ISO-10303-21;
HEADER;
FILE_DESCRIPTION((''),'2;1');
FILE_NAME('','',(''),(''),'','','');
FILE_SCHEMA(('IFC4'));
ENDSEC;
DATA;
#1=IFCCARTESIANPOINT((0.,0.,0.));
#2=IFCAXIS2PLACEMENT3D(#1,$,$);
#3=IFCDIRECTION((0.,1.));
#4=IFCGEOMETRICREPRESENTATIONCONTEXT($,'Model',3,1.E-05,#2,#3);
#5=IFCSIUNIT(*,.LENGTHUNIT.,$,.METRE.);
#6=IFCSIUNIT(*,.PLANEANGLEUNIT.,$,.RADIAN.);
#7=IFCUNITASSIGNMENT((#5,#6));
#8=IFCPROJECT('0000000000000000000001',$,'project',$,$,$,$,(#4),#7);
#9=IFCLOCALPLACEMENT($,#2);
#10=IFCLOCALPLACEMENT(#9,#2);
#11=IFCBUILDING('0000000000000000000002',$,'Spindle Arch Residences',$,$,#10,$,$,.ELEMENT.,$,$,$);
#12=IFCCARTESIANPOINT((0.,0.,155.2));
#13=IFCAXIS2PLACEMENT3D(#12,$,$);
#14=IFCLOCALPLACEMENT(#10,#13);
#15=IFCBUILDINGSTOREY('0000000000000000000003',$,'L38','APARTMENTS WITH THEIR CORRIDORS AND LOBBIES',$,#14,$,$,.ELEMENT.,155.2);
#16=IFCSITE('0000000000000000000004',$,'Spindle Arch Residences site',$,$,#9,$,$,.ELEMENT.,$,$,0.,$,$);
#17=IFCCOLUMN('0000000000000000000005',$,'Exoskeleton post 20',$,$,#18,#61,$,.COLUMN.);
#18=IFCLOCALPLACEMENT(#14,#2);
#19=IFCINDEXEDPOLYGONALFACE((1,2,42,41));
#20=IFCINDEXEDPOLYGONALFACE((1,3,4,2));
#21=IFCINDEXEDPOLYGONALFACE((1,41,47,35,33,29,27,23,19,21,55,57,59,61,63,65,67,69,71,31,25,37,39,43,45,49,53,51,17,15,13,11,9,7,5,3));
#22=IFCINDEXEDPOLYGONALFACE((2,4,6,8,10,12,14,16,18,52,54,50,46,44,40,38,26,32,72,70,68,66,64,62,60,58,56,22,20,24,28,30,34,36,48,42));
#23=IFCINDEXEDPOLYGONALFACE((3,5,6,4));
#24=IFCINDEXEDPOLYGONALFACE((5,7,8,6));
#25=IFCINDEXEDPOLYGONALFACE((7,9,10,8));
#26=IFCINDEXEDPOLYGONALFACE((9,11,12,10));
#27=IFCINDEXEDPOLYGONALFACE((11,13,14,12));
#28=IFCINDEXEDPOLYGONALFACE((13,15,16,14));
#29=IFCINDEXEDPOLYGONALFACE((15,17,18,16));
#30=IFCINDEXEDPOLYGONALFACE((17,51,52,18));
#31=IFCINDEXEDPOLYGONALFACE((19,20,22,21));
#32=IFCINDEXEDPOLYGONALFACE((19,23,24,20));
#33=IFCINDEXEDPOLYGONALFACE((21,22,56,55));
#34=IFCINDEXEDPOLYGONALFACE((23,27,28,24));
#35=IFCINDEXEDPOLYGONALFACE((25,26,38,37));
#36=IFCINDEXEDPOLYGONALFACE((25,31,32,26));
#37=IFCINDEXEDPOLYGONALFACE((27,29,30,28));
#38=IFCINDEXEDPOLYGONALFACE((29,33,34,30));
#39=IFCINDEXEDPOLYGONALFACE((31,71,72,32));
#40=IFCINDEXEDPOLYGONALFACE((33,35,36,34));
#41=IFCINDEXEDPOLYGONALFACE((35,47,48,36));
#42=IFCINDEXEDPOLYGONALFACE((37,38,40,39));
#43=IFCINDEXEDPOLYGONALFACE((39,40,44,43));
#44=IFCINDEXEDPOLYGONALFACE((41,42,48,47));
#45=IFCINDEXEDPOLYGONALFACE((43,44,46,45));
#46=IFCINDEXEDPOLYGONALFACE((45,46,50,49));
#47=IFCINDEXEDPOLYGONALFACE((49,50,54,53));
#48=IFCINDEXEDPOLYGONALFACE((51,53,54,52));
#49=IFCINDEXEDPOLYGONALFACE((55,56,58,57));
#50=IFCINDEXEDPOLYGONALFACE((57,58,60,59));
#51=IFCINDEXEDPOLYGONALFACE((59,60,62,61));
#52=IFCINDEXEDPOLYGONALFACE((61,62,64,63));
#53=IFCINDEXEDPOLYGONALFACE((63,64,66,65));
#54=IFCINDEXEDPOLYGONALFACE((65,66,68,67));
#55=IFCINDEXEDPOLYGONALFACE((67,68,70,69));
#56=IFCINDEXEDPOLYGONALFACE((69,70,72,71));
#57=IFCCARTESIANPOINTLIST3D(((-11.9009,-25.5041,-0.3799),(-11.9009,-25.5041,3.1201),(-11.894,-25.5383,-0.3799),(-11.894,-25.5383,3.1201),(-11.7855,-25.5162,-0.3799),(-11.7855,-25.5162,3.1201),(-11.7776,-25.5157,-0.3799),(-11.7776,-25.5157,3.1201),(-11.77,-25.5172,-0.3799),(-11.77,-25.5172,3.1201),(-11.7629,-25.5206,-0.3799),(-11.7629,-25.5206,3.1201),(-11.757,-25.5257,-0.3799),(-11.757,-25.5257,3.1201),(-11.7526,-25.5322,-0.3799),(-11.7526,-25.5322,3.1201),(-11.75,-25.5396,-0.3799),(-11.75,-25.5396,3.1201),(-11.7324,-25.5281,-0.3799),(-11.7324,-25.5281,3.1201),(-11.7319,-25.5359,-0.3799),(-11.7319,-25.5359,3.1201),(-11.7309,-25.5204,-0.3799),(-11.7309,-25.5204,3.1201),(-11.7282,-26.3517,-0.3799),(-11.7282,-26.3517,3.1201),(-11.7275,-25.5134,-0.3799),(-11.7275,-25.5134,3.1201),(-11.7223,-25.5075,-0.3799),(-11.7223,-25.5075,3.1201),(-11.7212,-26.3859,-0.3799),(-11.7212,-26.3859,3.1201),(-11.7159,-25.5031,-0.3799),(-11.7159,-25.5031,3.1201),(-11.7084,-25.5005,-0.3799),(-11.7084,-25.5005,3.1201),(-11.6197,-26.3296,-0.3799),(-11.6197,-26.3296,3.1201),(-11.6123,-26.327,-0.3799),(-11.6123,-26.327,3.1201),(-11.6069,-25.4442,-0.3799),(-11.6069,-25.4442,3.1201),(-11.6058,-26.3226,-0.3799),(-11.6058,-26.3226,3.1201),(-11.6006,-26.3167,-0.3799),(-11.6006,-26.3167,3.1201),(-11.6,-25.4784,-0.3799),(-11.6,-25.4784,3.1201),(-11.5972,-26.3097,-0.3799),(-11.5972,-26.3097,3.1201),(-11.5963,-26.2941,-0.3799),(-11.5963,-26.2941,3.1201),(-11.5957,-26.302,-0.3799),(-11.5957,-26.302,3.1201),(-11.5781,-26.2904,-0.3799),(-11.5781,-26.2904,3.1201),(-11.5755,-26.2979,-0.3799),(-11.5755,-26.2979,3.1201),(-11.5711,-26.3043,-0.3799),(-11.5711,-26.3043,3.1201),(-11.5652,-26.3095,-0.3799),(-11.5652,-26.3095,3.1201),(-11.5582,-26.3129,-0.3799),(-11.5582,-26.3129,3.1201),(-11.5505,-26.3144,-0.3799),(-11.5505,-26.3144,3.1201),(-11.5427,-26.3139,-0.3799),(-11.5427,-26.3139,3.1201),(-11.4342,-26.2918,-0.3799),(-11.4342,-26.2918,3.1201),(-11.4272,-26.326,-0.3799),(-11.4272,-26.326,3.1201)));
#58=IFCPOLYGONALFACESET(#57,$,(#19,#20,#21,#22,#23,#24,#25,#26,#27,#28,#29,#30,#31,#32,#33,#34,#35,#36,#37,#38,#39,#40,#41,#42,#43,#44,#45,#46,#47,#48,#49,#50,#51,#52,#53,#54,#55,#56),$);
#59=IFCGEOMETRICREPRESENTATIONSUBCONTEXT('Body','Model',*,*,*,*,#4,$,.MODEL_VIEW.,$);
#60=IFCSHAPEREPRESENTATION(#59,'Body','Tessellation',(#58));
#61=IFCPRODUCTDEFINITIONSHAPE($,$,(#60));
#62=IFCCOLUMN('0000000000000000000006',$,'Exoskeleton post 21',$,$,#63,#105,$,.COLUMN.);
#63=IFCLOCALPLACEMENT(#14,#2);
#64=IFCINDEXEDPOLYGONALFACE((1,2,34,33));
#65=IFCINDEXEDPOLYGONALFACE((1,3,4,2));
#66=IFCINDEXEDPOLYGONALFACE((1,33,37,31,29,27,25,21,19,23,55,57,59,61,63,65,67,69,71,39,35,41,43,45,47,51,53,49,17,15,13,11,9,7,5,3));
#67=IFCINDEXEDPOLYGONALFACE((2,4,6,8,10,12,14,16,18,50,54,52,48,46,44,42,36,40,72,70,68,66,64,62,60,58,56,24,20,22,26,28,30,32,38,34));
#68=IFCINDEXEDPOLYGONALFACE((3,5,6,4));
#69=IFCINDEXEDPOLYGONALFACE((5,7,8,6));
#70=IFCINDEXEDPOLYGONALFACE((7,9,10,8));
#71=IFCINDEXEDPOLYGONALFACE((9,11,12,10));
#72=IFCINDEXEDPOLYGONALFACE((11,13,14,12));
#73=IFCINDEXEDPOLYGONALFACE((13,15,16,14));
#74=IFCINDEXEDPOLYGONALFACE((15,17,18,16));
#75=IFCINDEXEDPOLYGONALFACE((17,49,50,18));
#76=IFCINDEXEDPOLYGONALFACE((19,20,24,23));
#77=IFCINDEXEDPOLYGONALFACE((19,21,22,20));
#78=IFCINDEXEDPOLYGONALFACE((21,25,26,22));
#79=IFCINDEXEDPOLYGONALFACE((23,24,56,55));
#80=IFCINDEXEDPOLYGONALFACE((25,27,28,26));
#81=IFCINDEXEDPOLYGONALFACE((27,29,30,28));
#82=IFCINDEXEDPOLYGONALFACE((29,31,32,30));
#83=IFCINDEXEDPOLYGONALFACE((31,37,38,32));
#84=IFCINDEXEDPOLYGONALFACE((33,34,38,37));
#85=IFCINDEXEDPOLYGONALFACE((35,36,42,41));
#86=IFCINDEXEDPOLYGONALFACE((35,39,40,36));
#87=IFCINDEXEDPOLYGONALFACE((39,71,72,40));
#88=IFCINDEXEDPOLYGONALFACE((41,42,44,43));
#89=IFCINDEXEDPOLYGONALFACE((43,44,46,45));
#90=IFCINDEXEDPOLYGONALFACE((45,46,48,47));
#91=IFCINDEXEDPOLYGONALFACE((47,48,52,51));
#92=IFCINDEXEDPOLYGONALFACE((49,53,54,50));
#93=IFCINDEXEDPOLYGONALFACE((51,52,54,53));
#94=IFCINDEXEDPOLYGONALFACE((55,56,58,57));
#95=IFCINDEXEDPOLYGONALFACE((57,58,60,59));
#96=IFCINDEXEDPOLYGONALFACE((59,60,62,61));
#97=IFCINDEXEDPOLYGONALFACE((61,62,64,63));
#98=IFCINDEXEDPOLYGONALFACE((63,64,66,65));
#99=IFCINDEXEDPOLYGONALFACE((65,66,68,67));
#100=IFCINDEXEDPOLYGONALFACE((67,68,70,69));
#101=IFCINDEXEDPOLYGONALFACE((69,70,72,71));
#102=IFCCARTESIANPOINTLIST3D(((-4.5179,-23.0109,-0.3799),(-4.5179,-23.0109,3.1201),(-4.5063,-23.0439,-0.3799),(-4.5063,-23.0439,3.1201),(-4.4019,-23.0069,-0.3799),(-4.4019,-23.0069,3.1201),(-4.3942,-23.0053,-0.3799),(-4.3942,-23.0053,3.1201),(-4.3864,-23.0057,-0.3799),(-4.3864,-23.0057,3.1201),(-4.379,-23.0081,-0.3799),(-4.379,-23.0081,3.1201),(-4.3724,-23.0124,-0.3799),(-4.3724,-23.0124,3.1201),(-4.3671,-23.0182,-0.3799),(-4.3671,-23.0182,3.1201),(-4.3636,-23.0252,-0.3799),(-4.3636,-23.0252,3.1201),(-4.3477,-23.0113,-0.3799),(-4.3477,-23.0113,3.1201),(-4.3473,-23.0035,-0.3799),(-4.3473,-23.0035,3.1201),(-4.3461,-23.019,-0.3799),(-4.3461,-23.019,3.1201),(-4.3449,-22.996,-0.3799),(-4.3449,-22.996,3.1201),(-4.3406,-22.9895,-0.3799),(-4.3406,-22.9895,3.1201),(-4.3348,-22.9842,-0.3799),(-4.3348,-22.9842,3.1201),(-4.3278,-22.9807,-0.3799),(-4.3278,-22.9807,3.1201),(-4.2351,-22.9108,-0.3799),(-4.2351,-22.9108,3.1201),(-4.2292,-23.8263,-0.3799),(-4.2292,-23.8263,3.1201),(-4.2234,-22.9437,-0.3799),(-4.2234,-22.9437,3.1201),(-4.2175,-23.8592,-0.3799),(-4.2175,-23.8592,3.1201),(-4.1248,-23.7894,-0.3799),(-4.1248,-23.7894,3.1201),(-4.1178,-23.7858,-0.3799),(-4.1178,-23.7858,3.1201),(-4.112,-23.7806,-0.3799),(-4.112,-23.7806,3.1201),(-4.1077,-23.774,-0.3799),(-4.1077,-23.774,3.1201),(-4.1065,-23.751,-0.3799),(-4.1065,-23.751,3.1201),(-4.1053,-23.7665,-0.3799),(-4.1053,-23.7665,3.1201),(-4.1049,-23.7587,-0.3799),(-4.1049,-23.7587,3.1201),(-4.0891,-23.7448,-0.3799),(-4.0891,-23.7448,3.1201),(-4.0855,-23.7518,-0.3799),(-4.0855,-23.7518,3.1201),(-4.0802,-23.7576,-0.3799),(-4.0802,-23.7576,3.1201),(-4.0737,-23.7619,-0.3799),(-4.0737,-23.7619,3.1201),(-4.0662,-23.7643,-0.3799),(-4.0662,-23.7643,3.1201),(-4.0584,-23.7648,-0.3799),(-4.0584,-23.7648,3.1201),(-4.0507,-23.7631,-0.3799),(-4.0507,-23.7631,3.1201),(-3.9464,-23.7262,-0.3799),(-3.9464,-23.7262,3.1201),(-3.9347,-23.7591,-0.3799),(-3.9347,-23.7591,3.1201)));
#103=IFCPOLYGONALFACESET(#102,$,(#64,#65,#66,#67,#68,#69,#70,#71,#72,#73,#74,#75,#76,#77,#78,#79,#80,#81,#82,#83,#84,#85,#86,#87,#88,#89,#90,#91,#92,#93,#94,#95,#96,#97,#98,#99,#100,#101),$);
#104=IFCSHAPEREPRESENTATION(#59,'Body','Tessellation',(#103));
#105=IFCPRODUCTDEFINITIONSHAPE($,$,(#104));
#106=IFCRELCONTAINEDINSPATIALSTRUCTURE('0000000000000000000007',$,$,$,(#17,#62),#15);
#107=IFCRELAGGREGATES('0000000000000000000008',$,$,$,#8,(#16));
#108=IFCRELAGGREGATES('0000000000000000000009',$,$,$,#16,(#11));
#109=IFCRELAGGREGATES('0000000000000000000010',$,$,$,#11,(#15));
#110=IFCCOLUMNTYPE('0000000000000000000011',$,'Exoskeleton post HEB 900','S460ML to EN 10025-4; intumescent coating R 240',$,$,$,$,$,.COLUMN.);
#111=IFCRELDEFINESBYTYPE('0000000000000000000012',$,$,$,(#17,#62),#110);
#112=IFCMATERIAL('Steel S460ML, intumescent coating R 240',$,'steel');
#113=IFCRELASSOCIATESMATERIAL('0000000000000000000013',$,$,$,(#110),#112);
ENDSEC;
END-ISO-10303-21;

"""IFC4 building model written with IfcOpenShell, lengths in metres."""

from ifc_helpers import new_model, si_unit, direction, frame, origin, origin_2d, place, context, subcontext, project, spatial, i_section, extrude, material, material_profile, profile_set, type_object, element, save


model = new_model("IFC4")

# Units and contexts
model_context = context("Model", 3, precision=1e-05, world=origin(), true_north=direction((0.0, 1.0)))
body_context = subcontext(model_context, "Body", "Model", "MODEL_VIEW")
ifc_project = project(units=[si_unit("LENGTHUNIT", "METRE"), si_unit("PLANEANGLEUNIT", "RADIAN")], contexts=[model_context])

# Site, building, storey
site_placement = place(None, origin())
site = spatial("IfcSite", under=ifc_project, at=site_placement, Name="Spindle Arch Residences site", CompositionType="ELEMENT", RefElevation=0.0)
building_placement = place(site_placement, origin())
building = spatial("IfcBuilding", under=site, at=building_placement, Name="Spindle Arch Residences", CompositionType="ELEMENT")
storey_placement = place(building_placement, frame((0.0, 0.0, 155.2)))
storey = spatial("IfcBuildingStorey", under=building, at=storey_placement, Name="L38", Description="APARTMENTS WITH THEIR CORRIDORS AND LOBBIES", CompositionType="ELEMENT", Elevation=155.2)

# Columns
ifc_material_1 = material(Name="Steel S460ML, intumescent coating R 240", Category="steel")
ifc_material_profile_1 = material_profile(ifc_material_1, i_section(OverallWidth=0.3, OverallDepth=0.8999, WebThickness=0.0186, FlangeThickness=0.0349, FilletRadius=0.03, at=origin_2d()), Name="HEB 900")
ifc_profile_set_1 = profile_set([ifc_material_profile_1], Name="Steel S460ML, intumescent coating R 240")
column_type_1 = type_object("IfcColumnType", Name="Exoskeleton post HEB 900", Description="S460ML to EN 10025-4; intumescent coating R 240", PredefinedType="COLUMN", material=ifc_profile_set_1)
for number, where, z_axis, x_axis, name in (
    (1, (-11.6641, -25.915, -0.3799), (0.0, 0.0, 1.0), (-0.979853, -0.199719, 0.0), "Exoskeleton post 20"),
    (2, (-4.2263, -23.385, -0.3799), (0.0, 0.0, 1.0), (-0.942641, -0.333807, 0.0), "Exoskeleton post 21"),
):
    element("IfcColumn", number, at=place(storey_placement, frame(where, z_axis=z_axis, x_axis=x_axis)), inside=storey, type_object=column_type_1, Name=name, PredefinedType="COLUMN", context=body_context, shape_type="SweptSolid", body=[
        extrude(i_section(OverallWidth=0.3, OverallDepth=0.8999, WebThickness=0.0186, FlangeThickness=0.0349, FilletRadius=0.03, at=origin_2d()), origin(), (0.0, 0.0, 1.0), 3.5),
    ])

save(model, "model.ifc")
